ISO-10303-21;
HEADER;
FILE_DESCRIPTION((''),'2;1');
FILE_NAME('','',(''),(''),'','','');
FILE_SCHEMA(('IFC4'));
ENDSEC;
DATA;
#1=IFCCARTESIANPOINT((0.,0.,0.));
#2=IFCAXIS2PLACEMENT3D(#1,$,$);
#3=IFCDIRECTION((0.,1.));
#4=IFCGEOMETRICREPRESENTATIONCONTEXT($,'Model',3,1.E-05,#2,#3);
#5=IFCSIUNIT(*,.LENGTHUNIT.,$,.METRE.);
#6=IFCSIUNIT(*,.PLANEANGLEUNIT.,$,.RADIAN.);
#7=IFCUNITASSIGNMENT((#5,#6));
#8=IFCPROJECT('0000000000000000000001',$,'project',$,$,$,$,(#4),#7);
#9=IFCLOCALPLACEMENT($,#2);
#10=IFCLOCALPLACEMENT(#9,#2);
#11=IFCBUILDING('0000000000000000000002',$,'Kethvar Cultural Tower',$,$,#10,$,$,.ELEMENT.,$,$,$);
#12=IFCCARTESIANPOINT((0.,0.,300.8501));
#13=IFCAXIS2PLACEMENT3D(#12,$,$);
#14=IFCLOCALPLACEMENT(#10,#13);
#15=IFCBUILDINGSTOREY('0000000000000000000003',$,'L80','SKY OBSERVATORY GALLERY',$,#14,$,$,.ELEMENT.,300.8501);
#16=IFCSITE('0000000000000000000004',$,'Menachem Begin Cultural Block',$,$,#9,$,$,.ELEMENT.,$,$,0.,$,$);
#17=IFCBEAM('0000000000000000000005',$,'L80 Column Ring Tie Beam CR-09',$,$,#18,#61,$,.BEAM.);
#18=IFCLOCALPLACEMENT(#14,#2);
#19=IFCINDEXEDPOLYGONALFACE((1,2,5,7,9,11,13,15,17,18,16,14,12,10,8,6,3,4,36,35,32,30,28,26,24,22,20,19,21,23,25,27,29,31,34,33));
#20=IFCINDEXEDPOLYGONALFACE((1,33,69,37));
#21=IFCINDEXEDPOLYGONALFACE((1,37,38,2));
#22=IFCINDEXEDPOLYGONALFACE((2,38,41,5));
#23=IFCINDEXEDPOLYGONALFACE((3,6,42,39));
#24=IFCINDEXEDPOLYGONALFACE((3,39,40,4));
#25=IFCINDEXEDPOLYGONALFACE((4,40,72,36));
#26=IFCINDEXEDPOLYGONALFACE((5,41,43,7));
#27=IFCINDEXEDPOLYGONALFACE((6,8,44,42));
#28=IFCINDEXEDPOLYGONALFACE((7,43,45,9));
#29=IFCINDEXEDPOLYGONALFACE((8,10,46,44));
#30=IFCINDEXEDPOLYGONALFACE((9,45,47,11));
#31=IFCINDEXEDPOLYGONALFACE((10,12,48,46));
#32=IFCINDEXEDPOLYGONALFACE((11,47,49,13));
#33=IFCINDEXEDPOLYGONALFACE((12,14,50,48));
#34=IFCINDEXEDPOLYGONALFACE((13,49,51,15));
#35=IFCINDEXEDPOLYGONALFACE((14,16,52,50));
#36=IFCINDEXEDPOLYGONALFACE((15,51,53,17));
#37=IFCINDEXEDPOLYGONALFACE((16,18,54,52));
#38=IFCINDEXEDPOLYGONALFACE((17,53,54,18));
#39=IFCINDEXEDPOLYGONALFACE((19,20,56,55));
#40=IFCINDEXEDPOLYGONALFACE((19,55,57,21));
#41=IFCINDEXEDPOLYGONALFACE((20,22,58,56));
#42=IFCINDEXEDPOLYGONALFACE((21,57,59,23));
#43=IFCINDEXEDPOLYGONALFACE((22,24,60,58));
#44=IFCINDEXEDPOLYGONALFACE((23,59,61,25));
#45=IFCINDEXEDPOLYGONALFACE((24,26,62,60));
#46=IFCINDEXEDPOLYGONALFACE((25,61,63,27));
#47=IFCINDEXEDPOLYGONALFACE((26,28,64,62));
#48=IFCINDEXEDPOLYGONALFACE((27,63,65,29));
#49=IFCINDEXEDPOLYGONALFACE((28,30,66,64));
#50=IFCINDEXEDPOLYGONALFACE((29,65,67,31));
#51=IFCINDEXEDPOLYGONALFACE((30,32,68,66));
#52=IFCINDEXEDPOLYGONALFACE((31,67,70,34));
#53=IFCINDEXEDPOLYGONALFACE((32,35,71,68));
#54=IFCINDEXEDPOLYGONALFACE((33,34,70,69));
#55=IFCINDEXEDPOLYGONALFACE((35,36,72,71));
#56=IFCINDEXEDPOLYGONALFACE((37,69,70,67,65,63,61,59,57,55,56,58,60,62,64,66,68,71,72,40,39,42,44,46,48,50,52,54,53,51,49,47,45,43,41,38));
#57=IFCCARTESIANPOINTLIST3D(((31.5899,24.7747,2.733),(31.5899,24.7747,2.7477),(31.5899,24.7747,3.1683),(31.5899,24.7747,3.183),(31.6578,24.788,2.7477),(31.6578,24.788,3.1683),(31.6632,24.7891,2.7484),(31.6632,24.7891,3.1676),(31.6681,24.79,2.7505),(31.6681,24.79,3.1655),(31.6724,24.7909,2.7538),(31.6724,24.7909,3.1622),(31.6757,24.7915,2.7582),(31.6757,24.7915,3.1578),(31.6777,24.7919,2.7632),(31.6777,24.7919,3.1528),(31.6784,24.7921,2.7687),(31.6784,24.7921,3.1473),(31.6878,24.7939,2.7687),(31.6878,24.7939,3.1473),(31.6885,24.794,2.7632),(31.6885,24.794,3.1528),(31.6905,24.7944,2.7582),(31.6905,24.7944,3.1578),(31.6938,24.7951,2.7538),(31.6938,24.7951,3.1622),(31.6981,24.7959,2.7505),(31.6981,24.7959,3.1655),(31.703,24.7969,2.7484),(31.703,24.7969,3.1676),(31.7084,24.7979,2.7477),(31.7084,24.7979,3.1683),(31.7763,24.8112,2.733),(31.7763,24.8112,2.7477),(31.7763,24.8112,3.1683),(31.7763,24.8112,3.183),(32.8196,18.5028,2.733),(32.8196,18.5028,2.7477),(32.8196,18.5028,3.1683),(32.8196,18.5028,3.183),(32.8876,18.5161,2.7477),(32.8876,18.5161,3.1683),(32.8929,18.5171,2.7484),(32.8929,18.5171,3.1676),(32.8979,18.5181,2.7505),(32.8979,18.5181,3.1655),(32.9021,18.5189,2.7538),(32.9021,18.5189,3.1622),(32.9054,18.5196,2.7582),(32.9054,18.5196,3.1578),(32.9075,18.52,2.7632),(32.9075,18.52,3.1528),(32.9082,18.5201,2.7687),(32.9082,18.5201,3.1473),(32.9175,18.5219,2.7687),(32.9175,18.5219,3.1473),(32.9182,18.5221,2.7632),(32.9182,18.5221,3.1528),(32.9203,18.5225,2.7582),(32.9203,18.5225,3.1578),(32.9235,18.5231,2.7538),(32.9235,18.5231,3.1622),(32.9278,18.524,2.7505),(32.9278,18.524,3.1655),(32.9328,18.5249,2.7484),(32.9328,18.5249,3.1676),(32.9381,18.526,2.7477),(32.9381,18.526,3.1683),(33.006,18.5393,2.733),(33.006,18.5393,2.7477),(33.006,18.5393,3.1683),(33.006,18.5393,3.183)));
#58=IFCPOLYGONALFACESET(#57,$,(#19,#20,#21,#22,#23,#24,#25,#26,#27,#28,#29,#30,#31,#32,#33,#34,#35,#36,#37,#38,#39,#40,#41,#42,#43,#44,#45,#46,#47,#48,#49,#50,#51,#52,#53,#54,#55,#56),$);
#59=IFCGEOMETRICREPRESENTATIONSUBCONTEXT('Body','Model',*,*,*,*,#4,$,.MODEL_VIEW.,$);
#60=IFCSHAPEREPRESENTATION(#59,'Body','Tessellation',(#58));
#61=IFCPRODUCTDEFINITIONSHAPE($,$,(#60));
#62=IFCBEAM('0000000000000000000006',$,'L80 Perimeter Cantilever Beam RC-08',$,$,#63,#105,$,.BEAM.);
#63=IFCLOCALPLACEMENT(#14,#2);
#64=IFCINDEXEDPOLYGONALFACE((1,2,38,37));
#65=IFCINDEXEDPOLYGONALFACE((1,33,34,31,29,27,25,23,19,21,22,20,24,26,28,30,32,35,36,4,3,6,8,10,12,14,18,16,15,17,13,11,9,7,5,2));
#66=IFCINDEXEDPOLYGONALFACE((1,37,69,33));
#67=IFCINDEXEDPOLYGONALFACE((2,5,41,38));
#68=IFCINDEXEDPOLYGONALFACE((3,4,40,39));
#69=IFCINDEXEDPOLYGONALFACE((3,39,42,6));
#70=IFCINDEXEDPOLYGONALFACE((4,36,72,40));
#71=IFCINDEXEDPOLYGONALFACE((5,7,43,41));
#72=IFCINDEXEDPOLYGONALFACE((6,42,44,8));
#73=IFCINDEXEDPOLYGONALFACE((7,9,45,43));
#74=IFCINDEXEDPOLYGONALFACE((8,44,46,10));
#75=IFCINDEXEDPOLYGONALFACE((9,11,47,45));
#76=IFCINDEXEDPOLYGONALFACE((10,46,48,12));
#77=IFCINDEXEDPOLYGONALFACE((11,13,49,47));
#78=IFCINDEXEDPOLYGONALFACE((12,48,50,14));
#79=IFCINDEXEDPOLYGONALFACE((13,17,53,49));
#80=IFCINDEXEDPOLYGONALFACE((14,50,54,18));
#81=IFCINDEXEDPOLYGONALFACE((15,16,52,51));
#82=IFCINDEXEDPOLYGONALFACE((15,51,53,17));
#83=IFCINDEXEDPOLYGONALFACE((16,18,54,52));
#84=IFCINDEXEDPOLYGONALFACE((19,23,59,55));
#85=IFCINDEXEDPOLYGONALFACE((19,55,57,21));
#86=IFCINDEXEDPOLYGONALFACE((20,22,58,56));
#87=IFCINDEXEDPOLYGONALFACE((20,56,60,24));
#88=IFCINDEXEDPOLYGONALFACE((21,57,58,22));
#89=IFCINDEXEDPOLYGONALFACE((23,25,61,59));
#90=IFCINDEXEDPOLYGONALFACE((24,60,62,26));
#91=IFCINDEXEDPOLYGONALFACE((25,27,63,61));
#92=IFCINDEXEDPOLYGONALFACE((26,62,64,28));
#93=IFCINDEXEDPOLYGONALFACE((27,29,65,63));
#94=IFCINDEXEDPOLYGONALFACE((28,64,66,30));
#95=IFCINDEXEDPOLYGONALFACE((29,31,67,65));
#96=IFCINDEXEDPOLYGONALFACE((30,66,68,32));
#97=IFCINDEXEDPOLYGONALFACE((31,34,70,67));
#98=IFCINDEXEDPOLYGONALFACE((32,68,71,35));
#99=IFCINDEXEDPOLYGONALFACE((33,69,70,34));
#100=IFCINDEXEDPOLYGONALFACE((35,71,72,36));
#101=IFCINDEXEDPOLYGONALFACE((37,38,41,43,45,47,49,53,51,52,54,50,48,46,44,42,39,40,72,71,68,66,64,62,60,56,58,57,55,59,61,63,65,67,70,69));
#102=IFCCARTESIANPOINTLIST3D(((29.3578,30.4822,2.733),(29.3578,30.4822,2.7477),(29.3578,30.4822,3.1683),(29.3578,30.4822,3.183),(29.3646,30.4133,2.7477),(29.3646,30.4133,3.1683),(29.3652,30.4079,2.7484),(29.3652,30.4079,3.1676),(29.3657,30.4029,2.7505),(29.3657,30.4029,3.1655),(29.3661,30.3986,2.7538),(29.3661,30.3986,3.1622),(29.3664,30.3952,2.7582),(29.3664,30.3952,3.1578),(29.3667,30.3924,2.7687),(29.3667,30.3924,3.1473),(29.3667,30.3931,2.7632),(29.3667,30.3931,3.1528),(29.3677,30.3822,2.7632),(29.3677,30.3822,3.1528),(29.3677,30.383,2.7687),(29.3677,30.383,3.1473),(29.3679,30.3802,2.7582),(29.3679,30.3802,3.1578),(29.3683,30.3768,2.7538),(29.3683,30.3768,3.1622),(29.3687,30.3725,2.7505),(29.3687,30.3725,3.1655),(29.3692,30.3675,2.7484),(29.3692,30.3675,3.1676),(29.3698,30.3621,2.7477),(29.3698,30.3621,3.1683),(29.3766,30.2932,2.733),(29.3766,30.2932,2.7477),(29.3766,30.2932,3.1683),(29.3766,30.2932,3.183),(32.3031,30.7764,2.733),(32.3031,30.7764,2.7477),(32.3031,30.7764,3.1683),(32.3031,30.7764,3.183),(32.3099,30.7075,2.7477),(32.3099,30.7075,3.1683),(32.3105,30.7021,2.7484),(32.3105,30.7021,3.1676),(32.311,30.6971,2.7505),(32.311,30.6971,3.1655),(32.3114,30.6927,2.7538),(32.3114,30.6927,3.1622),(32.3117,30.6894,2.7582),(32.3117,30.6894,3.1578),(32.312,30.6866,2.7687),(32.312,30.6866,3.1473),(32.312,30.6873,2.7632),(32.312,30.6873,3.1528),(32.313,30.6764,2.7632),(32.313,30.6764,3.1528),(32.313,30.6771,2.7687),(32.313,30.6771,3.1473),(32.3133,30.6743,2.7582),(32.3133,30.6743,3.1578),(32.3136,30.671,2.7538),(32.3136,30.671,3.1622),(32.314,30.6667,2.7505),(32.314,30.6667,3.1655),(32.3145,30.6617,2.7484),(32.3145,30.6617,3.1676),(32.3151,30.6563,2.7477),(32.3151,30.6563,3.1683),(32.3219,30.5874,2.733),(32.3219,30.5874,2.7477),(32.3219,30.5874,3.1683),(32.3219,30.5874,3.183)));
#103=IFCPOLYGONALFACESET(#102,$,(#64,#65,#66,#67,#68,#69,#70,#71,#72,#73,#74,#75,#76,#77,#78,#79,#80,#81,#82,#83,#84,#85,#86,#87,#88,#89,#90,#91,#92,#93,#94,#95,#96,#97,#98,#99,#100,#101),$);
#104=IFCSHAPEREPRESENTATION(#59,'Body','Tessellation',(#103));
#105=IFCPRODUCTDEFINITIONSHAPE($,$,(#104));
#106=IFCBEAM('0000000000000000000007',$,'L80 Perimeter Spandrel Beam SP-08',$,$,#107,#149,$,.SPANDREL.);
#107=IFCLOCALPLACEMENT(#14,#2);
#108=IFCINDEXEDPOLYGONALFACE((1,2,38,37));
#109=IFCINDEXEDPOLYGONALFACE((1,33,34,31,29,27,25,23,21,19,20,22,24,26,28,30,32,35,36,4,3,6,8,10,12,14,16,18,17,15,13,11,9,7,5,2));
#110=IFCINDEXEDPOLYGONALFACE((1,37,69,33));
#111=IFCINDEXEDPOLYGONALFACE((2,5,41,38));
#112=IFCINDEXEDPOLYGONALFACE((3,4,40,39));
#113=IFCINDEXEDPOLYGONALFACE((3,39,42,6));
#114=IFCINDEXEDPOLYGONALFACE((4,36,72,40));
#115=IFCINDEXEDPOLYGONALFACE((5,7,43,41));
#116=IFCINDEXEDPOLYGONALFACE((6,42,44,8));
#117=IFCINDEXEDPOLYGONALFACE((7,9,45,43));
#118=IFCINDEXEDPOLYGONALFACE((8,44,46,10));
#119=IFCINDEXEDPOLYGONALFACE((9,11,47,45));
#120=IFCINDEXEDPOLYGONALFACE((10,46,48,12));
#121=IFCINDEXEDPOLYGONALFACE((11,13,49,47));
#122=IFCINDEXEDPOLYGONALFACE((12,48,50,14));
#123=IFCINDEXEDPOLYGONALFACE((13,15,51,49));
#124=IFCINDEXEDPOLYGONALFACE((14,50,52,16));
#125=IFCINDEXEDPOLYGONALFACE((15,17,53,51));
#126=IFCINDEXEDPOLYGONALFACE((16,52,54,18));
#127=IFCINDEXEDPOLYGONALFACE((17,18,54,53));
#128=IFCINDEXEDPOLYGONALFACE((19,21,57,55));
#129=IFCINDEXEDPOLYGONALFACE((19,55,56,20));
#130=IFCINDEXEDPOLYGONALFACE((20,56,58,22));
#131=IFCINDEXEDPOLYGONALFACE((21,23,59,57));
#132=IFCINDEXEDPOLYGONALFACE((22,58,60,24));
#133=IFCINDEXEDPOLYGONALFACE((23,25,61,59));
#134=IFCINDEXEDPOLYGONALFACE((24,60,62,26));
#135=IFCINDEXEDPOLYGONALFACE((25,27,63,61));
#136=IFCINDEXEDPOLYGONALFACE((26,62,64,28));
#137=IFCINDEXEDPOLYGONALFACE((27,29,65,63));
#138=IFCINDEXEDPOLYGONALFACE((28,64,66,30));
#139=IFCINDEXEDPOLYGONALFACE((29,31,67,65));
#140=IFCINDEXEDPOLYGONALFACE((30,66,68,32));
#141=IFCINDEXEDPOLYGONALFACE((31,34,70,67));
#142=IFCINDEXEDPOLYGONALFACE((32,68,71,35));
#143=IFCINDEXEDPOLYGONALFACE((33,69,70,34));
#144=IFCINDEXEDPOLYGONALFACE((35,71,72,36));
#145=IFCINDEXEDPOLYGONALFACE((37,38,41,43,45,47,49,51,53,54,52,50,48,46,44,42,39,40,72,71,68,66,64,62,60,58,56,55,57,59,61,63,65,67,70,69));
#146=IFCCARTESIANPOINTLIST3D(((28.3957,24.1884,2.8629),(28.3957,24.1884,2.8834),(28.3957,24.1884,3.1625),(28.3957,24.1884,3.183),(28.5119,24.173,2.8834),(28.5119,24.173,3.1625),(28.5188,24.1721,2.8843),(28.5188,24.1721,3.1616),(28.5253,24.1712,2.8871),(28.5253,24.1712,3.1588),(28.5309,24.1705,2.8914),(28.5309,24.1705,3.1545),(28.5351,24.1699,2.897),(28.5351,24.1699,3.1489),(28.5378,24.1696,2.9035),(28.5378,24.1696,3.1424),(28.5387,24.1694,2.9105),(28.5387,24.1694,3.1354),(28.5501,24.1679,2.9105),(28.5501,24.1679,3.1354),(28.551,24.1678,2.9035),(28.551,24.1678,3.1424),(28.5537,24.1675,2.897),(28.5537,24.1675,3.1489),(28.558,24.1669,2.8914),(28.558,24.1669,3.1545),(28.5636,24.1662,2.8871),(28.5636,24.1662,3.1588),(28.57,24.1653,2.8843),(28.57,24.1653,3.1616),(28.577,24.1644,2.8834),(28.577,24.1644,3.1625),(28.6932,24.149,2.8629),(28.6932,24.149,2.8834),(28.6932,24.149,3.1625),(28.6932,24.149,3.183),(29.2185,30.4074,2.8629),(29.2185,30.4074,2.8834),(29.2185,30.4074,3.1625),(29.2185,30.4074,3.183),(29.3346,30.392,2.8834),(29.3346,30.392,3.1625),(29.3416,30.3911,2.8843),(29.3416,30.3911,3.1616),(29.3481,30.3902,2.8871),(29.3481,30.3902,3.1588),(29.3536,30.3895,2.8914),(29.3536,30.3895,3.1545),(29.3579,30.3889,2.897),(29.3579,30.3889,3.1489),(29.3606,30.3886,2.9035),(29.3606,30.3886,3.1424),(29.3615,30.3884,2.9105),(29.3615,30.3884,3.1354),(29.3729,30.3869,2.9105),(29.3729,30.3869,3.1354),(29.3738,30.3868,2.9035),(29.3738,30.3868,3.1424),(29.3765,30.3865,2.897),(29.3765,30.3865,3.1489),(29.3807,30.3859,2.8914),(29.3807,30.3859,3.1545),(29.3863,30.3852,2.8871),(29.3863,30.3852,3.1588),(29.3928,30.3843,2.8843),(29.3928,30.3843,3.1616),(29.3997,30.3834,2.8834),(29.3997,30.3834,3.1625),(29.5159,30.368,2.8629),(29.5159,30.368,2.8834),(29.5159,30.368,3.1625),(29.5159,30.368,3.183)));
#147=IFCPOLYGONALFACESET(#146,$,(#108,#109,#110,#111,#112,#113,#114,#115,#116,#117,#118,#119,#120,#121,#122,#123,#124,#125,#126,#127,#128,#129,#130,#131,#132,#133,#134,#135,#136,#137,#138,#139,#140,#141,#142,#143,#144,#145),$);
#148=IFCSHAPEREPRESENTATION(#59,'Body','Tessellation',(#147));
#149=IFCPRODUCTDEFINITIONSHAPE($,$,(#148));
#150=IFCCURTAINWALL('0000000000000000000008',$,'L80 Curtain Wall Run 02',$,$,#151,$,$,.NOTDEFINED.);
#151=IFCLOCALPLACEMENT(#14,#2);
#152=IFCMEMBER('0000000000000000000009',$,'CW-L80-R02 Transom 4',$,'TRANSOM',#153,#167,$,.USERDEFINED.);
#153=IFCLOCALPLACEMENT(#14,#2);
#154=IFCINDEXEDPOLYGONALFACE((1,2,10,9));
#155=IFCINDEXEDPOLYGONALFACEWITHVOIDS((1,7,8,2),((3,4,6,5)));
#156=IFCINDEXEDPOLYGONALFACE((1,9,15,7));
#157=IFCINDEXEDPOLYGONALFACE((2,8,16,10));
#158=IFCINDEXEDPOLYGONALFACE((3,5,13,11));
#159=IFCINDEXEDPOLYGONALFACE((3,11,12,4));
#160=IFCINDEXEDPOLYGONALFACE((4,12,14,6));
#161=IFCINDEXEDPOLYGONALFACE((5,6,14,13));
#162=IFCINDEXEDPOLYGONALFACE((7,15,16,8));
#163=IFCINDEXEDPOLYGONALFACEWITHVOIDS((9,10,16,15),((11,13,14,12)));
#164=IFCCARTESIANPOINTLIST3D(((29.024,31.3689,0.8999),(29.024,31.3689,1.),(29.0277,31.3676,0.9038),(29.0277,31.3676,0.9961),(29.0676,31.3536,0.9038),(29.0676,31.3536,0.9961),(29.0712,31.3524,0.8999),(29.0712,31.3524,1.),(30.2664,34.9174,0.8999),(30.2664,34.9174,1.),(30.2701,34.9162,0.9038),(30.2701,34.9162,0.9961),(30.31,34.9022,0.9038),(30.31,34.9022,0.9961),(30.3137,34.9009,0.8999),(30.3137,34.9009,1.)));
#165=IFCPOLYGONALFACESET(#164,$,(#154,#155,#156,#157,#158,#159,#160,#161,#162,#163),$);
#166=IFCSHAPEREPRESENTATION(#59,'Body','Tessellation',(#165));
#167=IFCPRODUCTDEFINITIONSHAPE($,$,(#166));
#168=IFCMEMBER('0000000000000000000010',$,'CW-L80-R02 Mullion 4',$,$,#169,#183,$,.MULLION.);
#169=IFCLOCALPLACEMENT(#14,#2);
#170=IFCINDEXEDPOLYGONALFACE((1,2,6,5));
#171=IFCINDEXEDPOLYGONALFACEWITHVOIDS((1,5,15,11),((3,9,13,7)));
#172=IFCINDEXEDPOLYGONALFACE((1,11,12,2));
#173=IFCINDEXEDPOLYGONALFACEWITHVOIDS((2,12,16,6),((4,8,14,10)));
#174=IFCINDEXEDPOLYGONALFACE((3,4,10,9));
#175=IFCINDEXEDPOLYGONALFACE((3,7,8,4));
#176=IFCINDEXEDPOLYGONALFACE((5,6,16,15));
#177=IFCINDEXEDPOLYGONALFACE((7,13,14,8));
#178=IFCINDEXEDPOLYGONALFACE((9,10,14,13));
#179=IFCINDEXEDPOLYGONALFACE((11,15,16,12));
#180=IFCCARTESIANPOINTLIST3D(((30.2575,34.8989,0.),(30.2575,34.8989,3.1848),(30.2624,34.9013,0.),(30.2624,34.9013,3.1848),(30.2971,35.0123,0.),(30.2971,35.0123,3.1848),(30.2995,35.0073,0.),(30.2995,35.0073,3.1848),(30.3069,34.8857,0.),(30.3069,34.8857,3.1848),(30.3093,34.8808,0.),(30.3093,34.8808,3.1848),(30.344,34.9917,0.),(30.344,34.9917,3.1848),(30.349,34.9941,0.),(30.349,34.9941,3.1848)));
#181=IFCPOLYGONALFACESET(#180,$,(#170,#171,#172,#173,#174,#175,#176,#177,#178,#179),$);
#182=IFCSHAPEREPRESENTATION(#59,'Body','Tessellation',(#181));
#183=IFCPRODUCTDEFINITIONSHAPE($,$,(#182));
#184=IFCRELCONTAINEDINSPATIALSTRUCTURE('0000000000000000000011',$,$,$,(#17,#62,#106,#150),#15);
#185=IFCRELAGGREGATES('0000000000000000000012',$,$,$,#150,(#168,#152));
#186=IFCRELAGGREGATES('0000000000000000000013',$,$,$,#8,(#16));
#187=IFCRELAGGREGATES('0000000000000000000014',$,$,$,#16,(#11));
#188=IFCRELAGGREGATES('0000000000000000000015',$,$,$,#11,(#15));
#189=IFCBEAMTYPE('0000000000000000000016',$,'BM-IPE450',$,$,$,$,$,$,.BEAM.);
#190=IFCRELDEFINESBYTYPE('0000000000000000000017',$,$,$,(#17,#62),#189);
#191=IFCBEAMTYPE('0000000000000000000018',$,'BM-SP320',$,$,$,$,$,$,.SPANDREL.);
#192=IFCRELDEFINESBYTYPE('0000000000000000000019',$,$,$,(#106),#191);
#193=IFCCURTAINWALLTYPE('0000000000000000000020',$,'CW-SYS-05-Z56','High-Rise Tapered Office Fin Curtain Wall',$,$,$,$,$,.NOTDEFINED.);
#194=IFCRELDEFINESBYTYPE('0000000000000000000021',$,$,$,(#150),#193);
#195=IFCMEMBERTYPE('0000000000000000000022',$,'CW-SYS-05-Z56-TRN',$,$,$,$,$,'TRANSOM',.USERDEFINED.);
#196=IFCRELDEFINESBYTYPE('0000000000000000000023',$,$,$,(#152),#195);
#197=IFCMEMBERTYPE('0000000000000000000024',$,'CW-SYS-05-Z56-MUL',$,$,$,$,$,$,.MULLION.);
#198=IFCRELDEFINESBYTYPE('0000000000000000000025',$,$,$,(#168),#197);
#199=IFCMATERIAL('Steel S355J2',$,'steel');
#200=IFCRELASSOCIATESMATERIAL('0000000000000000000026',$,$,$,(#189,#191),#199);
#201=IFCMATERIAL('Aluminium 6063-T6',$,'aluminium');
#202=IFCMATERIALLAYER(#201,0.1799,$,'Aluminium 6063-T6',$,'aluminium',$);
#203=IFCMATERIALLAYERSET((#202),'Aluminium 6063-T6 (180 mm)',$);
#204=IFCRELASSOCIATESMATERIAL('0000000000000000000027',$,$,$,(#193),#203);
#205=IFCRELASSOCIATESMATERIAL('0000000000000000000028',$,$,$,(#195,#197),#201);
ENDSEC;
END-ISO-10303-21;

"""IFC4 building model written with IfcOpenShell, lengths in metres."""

from ifc_helpers import new_model, si_unit, direction, frame, origin, origin_2d, place, context, subcontext, project, spatial, hollow_rectangle, i_section, extrude, source, transform, mapped, material, layer, layer_set, material_profile, profile_set, type_object, element, aggregate, save


model = new_model("IFC4")

# Units and contexts
model_context = context("Model", 3, precision=1e-05, world=origin(), true_north=direction((0.0, 1.0)))
body_context = subcontext(model_context, "Body", "Model", "MODEL_VIEW")
ifc_project = project(units=[si_unit("LENGTHUNIT", "METRE"), si_unit("PLANEANGLEUNIT", "RADIAN")], contexts=[model_context])

# Site, building, storey
site_placement = place(None, origin())
site = spatial("IfcSite", under=ifc_project, at=site_placement, Name="Menachem Begin Cultural Block", CompositionType="ELEMENT", RefElevation=0.0)
building_placement = place(site_placement, origin())
building = spatial("IfcBuilding", under=site, at=building_placement, Name="Kethvar Cultural Tower", CompositionType="ELEMENT")
storey_placement = place(building_placement, frame((0.0, 0.0, 300.8501)))
storey = spatial("IfcBuildingStorey", under=building, at=storey_placement, Name="L80", Description="SKY OBSERVATORY GALLERY", CompositionType="ELEMENT", Elevation=300.8501)

# Shared definitions
ifc_material_1 = material(Name="Steel S355J2", Category="steel")

# Beams
ifc_material_profile_1 = material_profile(ifc_material_1, i_section(OverallWidth=0.1899, OverallDepth=0.45, WebThickness=0.0095, FlangeThickness=0.0146, FilletRadius=0.021, at=origin_2d()), Name="Steel S355J2 — IPE450")
ifc_profile_set_1 = profile_set([ifc_material_profile_1], Name="Steel S355J2 — IPE450")
beam_type_1 = type_object("IfcBeamType", Name="BM-IPE450", PredefinedType="BEAM", material=ifc_profile_set_1)
shared_shape_1 = source(origin(), body_context, "Body", "SweptSolid", [
    extrude(i_section(OverallWidth=0.1899, OverallDepth=0.45, WebThickness=0.0095, FlangeThickness=0.0146, FilletRadius=0.021, at=origin_2d()), origin(), (0.0, 0.0, 1.0), 6.3914),
])
beam_1_placement = place(storey_placement, frame((31.6831, 24.793, 2.958), z_axis=(0.192405, -0.981316, 0.0), x_axis=(0.981316, 0.192405, 0.0)))
element("IfcBeam", 1, at=beam_1_placement, inside=storey, type_object=beam_type_1, Name="L80 Column Ring Tie Beam CR-09", PredefinedType="BEAM", context=body_context, shape_type="MappedRepresentation", body=[
    mapped(shared_shape_1, transform((0.0, 0.0, 0.0), scale=1.0)),
])
shared_shape_2 = source(origin(), body_context, "Body", "SweptSolid", [
    extrude(i_section(OverallWidth=0.1899, OverallDepth=0.45, WebThickness=0.0095, FlangeThickness=0.0146, FilletRadius=0.021, at=origin_2d()), origin(), (0.0, 0.0, 1.0), 2.96),
])
beam_2_placement = place(storey_placement, frame((32.3125, 30.6819, 2.958), z_axis=(-0.995049, -0.099389, 0.0), x_axis=(0.099389, -0.995049, 0.0)))
element("IfcBeam", 2, at=beam_2_placement, inside=storey, type_object=beam_type_1, Name="L80 Perimeter Cantilever Beam RC-08", PredefinedType="BEAM", context=body_context, shape_type="MappedRepresentation", body=[
    mapped(shared_shape_2, transform((0.0, 0.0, 0.0), scale=1.0)),
])
ifc_material_profile_2 = material_profile(ifc_material_1, i_section(OverallWidth=0.3, OverallDepth=0.3201, WebThickness=0.0115, FlangeThickness=0.0205, FilletRadius=0.0271, at=origin_2d()), Name="Steel S355J2 — HEB320")
ifc_profile_set_2 = profile_set([ifc_material_profile_2], Name="Steel S355J2 — HEB320")
beam_type_2 = type_object("IfcBeamType", Name="BM-SP320", PredefinedType="SPANDREL", material=ifc_profile_set_2)
shared_shape_3 = source(origin(), body_context, "Body", "SweptSolid", [
    extrude(i_section(OverallWidth=0.3, OverallDepth=0.3201, WebThickness=0.0115, FlangeThickness=0.0205, FilletRadius=0.0271, at=origin_2d()), origin(), (0.0, 0.0, 1.0), 6.2732),
])
beam_3_placement = place(storey_placement, frame((29.3672, 30.3877, 3.0229), z_axis=(-0.131154, -0.991362, 0.0), x_axis=(0.991362, -0.131154, 0.0)))
element("IfcBeam", 3, at=beam_3_placement, inside=storey, type_object=beam_type_2, Name="L80 Perimeter Spandrel Beam SP-08", PredefinedType="SPANDREL", context=body_context, shape_type="MappedRepresentation", body=[
    mapped(shared_shape_3, transform((0.0, 0.0, 0.0), scale=1.0)),
])

# Curtain wall, members
ifc_material_2 = material(Name="Aluminium 6063-T6", Category="aluminium")
ifc_layer_1 = layer(ifc_material_2, 0.1799, Name="Aluminium 6063-T6", Category="aluminium")
ifc_layer_set_1 = layer_set([ifc_layer_1], Name="Aluminium 6063-T6 (180 mm)")
curtain_wall_type = type_object("IfcCurtainWallType", Name="CW-SYS-05-Z56", Description="High-Rise Tapered Office Fin Curtain Wall", PredefinedType="NOTDEFINED", material=ifc_layer_set_1)
curtain_wall_placement = place(storey_placement, origin())
curtain_wall = element("IfcCurtainWall", 4, at=curtain_wall_placement, inside=storey, type_object=curtain_wall_type, Name="L80 Curtain Wall Run 02", PredefinedType="NOTDEFINED")
ifc_material_profile_3 = material_profile(ifc_material_2, hollow_rectangle(XDim=0.05, YDim=0.1001, WallThickness=0.0039, at=origin_2d()), Name="Aluminium 6063-T6 — RHS100x50x4")
ifc_profile_set_3 = profile_set([ifc_material_profile_3], Name="Aluminium 6063-T6 — RHS100x50x4")
member_type_1 = type_object("IfcMemberType", Name="CW-SYS-05-Z56-TRN", ElementType="TRANSOM", PredefinedType="USERDEFINED", material=ifc_profile_set_3)
shared_shape_4 = source(origin(), body_context, "Body", "SweptSolid", [
    extrude(hollow_rectangle(XDim=0.05, YDim=0.1001, WallThickness=0.0039, at=origin_2d()), origin(), (0.0, 0.0, 1.0), 3.7598),
])
member_1_placement = place(storey_placement, frame((30.29, 34.9092, 0.95), z_axis=(-0.330452, -0.943823, 0.0), x_axis=(0.943823, -0.330452, 0.0)))
member_1 = element("IfcMember", 5, at=member_1_placement, type_object=member_type_1, Name="CW-L80-R02 Transom 4", ObjectType="TRANSOM", PredefinedType="USERDEFINED", context=body_context, shape_type="MappedRepresentation", body=[
    mapped(shared_shape_4, transform((0.0, 0.0, 0.0), scale=1.0)),
])
ifc_material_profile_4 = material_profile(ifc_material_2, hollow_rectangle(XDim=0.0549, YDim=0.1201, WallThickness=0.0039, at=origin_2d()), Name="Aluminium 6063-T6 — RHS120x55x4")
ifc_profile_set_4 = profile_set([ifc_material_profile_4], Name="Aluminium 6063-T6 — RHS120x55x4")
member_type_2 = type_object("IfcMemberType", Name="CW-SYS-05-Z56-MUL", PredefinedType="MULLION", material=ifc_profile_set_4)
shared_shape_5 = source(origin(), body_context, "Body", "SweptSolid", [
    extrude(hollow_rectangle(XDim=0.0549, YDim=0.1201, WallThickness=0.0039, at=origin_2d()), origin(), (0.0, 0.0, 1.0), 3.1848),
])
member_2_placement = place(storey_placement, frame((30.3032, 34.9465, 0.0), z_axis=(0.0, 0.0, 1.0), x_axis=(0.943818, -0.330465, 0.0)))
member_2 = element("IfcMember", 6, at=member_2_placement, type_object=member_type_2, Name="CW-L80-R02 Mullion 4", PredefinedType="MULLION", context=body_context, shape_type="MappedRepresentation", body=[
    mapped(shared_shape_5, transform((0.0, 0.0, 0.0), scale=1.0)),
])
aggregate(curtain_wall, [member_2, member_1])

save(model, "model.ifc")
